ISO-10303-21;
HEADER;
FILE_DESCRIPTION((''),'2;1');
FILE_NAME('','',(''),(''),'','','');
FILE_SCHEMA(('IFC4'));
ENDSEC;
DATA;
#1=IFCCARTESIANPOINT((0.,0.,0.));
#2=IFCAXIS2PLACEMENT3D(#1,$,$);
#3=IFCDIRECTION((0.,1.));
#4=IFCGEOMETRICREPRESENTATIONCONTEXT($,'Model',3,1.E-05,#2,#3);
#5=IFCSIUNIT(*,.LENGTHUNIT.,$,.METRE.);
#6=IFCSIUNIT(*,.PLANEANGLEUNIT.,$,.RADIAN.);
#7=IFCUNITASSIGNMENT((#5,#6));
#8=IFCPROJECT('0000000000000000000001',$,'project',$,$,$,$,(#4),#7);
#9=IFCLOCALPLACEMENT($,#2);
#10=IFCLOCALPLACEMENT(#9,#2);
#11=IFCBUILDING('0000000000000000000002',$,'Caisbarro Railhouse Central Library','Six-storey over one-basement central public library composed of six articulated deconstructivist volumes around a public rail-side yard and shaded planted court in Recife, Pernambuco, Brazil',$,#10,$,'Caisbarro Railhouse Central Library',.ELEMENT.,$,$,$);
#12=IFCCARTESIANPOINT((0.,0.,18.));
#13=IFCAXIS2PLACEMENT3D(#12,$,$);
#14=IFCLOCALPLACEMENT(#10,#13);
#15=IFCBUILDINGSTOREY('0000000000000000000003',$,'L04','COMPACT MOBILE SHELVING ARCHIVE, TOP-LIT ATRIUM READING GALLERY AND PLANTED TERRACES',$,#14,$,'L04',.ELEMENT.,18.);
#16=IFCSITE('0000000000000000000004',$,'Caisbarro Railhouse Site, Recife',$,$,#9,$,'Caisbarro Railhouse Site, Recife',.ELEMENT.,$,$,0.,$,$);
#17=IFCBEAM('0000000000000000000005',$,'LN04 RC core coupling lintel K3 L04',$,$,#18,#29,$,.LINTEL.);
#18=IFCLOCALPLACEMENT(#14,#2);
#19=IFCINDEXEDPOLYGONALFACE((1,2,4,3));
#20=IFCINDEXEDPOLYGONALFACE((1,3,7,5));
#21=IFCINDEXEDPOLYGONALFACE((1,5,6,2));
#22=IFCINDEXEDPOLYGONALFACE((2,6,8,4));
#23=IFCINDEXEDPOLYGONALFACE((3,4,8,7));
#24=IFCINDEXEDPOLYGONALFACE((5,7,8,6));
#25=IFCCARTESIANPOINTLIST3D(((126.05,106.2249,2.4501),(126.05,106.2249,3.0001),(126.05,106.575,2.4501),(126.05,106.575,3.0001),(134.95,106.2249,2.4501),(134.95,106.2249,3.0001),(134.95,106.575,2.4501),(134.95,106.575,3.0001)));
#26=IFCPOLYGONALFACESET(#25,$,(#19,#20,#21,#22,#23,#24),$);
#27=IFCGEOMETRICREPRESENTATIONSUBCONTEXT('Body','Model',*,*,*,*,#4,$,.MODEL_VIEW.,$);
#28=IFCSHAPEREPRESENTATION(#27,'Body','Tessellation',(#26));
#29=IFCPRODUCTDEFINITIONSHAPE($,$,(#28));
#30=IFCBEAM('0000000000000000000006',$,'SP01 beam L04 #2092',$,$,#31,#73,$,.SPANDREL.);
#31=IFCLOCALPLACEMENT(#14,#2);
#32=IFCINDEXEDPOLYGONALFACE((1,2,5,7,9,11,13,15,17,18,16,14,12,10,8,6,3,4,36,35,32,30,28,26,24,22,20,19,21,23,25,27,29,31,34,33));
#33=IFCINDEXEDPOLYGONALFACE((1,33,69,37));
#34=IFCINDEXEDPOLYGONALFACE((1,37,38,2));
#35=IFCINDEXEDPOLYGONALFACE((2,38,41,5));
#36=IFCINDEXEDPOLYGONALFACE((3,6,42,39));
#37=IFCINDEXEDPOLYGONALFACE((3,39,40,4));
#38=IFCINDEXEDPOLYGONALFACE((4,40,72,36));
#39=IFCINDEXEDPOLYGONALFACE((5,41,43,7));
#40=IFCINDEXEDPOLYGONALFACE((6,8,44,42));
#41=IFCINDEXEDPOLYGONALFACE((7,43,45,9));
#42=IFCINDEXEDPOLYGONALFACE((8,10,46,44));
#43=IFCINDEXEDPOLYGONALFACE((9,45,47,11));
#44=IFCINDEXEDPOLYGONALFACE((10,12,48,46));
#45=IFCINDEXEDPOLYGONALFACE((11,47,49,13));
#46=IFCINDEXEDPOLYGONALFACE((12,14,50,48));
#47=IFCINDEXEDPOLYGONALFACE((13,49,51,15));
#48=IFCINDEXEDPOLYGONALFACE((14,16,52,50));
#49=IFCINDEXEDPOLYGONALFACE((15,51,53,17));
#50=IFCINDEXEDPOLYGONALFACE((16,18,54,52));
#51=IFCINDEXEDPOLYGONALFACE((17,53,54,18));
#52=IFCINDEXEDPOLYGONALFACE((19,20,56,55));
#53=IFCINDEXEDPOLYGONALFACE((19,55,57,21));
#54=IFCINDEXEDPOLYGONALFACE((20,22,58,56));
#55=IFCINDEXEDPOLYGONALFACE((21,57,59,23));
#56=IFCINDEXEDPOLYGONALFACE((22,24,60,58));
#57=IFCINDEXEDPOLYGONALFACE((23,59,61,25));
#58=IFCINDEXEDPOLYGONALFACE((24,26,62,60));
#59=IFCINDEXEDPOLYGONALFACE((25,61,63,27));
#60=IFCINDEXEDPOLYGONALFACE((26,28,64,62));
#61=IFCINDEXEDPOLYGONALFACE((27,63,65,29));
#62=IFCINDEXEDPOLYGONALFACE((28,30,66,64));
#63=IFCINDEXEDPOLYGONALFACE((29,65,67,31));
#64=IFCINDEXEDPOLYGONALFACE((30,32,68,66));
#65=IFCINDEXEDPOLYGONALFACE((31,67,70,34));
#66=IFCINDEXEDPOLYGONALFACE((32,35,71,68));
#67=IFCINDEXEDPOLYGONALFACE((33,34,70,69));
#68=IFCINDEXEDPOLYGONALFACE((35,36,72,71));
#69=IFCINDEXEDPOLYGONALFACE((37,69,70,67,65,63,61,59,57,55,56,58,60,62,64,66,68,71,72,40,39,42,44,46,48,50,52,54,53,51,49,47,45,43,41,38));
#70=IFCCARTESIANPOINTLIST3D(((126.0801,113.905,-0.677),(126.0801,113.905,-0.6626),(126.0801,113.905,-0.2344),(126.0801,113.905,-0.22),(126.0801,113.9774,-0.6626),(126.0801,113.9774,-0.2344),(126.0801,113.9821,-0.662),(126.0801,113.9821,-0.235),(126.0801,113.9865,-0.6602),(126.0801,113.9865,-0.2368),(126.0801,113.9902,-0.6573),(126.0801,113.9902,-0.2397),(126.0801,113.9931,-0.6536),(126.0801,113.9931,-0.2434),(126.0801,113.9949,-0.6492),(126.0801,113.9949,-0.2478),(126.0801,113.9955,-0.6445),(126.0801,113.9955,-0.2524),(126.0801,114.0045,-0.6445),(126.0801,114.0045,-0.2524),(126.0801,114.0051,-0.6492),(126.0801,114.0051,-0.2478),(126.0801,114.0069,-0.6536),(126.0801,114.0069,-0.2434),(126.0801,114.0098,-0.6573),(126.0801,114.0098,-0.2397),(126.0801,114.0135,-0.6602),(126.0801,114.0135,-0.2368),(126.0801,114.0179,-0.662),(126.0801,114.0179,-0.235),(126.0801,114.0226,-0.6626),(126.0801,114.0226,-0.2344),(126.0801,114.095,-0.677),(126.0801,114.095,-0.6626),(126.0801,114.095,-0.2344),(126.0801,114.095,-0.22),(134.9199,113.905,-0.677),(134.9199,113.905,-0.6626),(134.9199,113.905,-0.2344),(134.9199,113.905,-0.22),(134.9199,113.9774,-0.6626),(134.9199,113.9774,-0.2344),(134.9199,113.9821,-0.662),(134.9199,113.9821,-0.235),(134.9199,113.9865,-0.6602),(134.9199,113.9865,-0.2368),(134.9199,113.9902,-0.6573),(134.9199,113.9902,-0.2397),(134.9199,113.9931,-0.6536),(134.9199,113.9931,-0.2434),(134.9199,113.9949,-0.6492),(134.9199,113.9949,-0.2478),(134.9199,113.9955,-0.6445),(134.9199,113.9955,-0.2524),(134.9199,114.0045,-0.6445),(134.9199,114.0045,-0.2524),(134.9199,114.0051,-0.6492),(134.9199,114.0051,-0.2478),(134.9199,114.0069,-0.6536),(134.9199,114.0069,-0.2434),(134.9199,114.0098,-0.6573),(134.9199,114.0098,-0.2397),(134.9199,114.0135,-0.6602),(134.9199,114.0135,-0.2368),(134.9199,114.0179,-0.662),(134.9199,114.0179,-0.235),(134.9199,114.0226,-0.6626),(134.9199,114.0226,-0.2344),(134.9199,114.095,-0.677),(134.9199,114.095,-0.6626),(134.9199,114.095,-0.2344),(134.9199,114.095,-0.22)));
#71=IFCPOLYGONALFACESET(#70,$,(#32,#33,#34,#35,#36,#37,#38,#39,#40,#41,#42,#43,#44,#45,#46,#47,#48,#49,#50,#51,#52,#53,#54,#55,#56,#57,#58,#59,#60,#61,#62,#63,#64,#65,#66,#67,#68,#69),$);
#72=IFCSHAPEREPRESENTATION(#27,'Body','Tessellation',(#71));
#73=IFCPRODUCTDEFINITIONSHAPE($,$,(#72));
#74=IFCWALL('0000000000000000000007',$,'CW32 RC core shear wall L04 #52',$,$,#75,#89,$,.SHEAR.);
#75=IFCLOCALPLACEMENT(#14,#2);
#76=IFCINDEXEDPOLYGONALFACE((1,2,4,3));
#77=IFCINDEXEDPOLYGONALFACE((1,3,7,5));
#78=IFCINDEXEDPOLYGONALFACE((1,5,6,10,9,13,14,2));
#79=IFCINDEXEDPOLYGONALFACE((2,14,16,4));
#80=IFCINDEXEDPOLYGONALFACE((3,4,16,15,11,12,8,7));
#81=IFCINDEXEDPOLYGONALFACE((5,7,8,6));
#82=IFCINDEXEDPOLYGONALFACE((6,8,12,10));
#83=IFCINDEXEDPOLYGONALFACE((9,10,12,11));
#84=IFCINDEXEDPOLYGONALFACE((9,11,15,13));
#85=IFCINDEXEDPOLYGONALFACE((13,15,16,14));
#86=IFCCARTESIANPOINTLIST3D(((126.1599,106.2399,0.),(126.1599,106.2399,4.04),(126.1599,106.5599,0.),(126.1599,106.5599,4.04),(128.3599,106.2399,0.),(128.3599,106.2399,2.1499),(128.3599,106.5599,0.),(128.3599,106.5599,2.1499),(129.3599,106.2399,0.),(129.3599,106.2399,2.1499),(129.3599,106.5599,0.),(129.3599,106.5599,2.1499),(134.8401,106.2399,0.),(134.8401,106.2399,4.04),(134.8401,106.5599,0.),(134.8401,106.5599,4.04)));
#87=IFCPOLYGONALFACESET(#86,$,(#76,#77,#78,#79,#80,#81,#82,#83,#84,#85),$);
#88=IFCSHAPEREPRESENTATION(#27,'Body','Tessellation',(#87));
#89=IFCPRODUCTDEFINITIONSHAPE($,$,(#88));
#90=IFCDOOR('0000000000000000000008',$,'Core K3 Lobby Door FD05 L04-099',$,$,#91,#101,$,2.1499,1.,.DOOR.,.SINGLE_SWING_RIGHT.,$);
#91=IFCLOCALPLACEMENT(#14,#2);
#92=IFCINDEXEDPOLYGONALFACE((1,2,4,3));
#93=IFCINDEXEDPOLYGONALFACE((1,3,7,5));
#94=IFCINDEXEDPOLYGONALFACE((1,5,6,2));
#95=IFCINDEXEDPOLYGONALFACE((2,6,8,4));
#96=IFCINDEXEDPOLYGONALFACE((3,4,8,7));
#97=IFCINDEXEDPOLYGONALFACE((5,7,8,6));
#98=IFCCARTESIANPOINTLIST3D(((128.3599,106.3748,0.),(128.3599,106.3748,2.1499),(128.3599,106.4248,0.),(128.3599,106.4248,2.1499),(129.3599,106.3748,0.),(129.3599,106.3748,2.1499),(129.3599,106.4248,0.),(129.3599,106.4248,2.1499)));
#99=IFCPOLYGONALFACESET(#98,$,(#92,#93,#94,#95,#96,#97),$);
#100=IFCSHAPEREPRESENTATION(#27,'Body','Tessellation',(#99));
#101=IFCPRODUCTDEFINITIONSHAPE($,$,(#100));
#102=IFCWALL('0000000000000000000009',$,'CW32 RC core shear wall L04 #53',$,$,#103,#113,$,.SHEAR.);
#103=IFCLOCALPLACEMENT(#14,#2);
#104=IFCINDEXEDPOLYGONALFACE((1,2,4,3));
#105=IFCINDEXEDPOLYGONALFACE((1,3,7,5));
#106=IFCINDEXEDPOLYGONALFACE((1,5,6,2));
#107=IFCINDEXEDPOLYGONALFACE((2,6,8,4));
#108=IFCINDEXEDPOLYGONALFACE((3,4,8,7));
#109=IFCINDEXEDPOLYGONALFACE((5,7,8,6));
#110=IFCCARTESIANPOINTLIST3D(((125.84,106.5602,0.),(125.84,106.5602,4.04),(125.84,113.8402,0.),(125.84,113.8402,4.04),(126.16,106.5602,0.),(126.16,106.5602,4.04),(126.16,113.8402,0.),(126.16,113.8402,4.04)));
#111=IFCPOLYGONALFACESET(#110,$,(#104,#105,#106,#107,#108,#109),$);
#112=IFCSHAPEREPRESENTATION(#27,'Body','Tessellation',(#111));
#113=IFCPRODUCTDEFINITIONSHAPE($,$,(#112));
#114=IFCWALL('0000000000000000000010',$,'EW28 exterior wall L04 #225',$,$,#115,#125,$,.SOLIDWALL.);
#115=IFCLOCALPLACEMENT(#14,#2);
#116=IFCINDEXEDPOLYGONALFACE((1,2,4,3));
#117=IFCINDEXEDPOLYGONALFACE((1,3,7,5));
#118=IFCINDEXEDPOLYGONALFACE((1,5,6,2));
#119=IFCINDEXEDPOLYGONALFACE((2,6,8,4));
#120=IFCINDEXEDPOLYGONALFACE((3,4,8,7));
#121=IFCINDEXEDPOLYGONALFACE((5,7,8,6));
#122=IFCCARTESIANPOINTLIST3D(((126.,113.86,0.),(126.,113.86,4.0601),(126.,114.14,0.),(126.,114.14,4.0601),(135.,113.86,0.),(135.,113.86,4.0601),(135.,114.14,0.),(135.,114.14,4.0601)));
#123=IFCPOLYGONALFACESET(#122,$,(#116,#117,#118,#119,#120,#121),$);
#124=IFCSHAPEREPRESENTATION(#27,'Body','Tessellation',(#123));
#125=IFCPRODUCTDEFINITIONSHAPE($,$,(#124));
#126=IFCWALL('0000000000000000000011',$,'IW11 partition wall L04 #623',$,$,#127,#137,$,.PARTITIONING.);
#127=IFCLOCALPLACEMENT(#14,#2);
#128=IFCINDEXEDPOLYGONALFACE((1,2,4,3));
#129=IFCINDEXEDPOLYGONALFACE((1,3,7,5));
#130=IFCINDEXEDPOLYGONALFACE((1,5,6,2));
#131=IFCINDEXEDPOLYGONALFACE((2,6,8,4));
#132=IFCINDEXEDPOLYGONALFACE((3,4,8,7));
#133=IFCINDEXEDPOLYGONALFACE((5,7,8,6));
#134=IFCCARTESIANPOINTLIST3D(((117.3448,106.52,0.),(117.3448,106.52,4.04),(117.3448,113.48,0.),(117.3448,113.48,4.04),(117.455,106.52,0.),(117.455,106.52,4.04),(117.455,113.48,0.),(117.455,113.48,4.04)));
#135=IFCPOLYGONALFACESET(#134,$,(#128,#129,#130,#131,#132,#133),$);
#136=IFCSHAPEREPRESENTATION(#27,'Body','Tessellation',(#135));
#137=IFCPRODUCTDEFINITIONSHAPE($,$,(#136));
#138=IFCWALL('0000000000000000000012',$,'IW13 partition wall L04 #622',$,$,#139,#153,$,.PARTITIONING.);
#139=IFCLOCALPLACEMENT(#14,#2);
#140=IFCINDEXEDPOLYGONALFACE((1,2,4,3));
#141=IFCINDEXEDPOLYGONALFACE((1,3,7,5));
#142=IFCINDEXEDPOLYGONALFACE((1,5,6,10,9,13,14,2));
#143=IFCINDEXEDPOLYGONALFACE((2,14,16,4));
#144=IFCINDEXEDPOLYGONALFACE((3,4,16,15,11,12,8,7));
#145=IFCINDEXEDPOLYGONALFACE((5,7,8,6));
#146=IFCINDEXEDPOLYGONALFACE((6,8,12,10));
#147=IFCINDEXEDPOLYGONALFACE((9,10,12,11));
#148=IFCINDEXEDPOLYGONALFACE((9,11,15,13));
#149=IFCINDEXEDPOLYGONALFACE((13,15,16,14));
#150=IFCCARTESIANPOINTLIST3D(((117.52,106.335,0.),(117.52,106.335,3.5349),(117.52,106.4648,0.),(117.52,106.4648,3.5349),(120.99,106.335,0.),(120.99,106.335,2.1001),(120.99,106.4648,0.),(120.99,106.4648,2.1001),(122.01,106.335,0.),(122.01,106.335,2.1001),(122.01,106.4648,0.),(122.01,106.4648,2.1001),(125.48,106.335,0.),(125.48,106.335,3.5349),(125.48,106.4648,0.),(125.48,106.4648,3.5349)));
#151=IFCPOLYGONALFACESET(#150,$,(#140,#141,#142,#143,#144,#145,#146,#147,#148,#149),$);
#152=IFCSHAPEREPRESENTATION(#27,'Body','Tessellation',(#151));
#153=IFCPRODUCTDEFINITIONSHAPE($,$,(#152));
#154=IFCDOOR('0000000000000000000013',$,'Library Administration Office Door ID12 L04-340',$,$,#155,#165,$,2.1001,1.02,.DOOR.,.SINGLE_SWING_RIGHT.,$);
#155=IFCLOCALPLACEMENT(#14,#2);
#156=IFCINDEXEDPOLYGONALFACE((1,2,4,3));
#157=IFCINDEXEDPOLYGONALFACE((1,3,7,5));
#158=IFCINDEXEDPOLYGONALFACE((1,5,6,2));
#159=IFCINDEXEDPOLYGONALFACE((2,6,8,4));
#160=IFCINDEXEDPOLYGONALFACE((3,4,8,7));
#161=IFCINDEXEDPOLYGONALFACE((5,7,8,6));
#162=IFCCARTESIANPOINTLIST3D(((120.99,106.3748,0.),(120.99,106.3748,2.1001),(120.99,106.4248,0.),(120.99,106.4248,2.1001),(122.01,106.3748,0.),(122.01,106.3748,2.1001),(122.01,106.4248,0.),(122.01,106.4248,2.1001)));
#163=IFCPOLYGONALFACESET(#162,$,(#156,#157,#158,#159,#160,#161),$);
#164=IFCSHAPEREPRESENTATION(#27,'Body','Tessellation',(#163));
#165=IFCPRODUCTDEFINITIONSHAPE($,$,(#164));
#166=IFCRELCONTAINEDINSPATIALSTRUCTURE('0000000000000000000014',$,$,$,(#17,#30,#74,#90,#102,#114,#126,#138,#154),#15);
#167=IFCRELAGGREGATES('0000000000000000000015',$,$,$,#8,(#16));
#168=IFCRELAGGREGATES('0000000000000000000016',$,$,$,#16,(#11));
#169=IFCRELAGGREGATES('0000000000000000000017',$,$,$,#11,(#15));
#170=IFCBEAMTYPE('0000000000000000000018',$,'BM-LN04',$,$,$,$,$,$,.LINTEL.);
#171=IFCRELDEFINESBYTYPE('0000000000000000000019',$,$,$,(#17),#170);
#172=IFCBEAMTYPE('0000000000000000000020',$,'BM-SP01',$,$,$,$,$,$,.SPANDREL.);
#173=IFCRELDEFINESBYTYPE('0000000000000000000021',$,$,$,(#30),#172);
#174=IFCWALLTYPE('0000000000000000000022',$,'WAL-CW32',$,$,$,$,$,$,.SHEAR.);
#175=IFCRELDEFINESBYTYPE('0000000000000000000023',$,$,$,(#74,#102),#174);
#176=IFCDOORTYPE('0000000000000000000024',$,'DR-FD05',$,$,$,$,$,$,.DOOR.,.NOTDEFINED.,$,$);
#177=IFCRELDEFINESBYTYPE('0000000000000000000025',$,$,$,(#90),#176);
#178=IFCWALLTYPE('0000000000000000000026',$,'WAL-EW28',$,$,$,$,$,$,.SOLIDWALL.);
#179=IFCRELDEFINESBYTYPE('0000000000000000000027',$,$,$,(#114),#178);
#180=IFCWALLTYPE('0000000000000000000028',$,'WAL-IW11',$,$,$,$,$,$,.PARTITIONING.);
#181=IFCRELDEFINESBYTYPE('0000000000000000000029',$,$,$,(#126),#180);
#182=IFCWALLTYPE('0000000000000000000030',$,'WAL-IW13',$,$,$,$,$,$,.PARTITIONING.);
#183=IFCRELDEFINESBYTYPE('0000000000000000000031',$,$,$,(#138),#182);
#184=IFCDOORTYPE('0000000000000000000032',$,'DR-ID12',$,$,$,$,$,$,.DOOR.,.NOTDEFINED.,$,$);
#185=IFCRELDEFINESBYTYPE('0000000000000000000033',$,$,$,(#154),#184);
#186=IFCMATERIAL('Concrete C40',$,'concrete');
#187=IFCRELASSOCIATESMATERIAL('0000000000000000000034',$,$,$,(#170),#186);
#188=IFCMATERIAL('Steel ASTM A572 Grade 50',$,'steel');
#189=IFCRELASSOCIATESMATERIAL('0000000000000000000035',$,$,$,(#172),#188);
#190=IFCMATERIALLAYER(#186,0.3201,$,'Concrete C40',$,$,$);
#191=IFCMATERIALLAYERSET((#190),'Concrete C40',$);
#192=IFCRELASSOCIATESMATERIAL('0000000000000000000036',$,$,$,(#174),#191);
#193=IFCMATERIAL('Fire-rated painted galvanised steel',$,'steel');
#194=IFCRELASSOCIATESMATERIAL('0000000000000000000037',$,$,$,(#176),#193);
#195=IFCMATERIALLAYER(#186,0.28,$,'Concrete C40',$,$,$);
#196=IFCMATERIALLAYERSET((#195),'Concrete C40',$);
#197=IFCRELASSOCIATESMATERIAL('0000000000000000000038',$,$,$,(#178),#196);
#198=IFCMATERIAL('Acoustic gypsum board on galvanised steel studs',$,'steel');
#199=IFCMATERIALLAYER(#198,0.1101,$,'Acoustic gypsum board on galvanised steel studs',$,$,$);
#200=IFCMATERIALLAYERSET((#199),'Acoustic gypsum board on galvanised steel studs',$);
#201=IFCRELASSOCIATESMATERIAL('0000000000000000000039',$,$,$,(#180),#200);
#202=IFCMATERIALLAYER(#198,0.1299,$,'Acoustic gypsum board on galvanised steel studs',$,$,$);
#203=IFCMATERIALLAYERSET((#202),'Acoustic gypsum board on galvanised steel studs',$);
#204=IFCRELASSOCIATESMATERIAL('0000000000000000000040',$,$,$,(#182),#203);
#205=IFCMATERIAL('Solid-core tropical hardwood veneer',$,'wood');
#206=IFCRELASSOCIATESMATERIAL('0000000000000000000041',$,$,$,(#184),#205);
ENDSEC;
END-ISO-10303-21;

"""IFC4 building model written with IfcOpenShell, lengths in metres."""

from ifc_helpers import new_model, si_unit, direction, frame, frame_2d, origin, origin_2d, place, context, subcontext, project, spatial, rectangle, i_section, extrude, material, layer, layer_set, material_profile, profile_set, type_object, element, fill, save


model = new_model("IFC4")

# Units and contexts
model_context = context("Model", 3, precision=1e-05, world=origin(), true_north=direction((0.0, 1.0)))
body_context = subcontext(model_context, "Body", "Model", "MODEL_VIEW")
ifc_project = project(units=[si_unit("LENGTHUNIT", "METRE"), si_unit("PLANEANGLEUNIT", "RADIAN")], contexts=[model_context])

# Site, building, storey
site_placement = place(None, origin())
site = spatial("IfcSite", under=ifc_project, at=site_placement, Name="Caisbarro Railhouse Site, Recife", LongName="Caisbarro Railhouse Site, Recife", CompositionType="ELEMENT", RefElevation=0.0)
building_placement = place(site_placement, origin())
building = spatial("IfcBuilding", under=site, at=building_placement, Name="Caisbarro Railhouse Central Library", Description="Six-storey over one-basement central public library composed of six articulated deconstructivist volumes around a public rail-side yard and shaded planted court in Recife, Pernambuco, Brazil", LongName="Caisbarro Railhouse Central Library", CompositionType="ELEMENT")
storey_placement = place(building_placement, frame((0.0, 0.0, 18.0)))
storey = spatial("IfcBuildingStorey", under=building, at=storey_placement, Name="L04", Description="COMPACT MOBILE SHELVING ARCHIVE, TOP-LIT ATRIUM READING GALLERY AND PLANTED TERRACES", LongName="L04", CompositionType="ELEMENT", Elevation=18.0)

# Shared definitions
ifc_material_1 = material(Name="Steel ASTM A572 Grade 50", Category="steel")

# Beams
ifc_material_2 = material(Name="Concrete C40", Category="concrete")
ifc_material_profile_1 = material_profile(ifc_material_2, rectangle(XDim=0.3501, YDim=0.55, at=origin_2d()), Name="RC-LIN-350X550")
ifc_profile_set_1 = profile_set([ifc_material_profile_1], Name="Concrete C40")
beam_type_1 = type_object("IfcBeamType", Name="BM-LN04", PredefinedType="LINTEL", material=ifc_profile_set_1)
beam_1_placement = place(storey_placement, frame((126.05, 106.3999, 2.7251), z_axis=(1.0, 0.0, 0.0), x_axis=(0.0, 1.0, 0.0)))
element("IfcBeam", 1, at=beam_1_placement, inside=storey, type_object=beam_type_1, Name="LN04 RC core coupling lintel K3 L04", PredefinedType="LINTEL", context=body_context, shape_type="SweptSolid", body=[
    extrude(rectangle(XDim=0.3501, YDim=0.55, at=origin_2d()), origin(), (0.0, 0.0, 1.0), 8.8999),
])
ifc_material_profile_2 = material_profile(ifc_material_1, i_section(OverallWidth=0.1899, OverallDepth=0.457, WebThickness=0.009, FlangeThickness=0.0144, FilletRadius=0.0181, at=origin_2d()), Name="W460X74.0")
ifc_profile_set_2 = profile_set([ifc_material_profile_2], Name="Steel ASTM A572 Grade 50")
beam_type_2 = type_object("IfcBeamType", Name="BM-SP01", PredefinedType="SPANDREL", material=ifc_profile_set_2)
beam_2_placement = place(storey_placement, frame((126.0801, 114.0, -0.4485), z_axis=(1.0, 0.0, 0.0), x_axis=(0.0, 1.0, 0.0)))
element("IfcBeam", 2, at=beam_2_placement, inside=storey, type_object=beam_type_2, Name="SP01 beam L04 #2092", PredefinedType="SPANDREL", context=body_context, shape_type="SweptSolid", body=[
    extrude(i_section(OverallWidth=0.1899, OverallDepth=0.457, WebThickness=0.009, FlangeThickness=0.0144, FilletRadius=0.0181, at=origin_2d()), origin(), (0.0, 0.0, 1.0), 8.8398),
])

# Wall, opening, door
ifc_layer_1 = layer(ifc_material_2, 0.3201, Name="Concrete C40")
ifc_layer_set_1 = layer_set([ifc_layer_1], Name="Concrete C40")
wall_type_1 = type_object("IfcWallType", Name="WAL-CW32", PredefinedType="SHEAR", material=ifc_layer_set_1)
wall_1_placement = place(storey_placement, frame((126.1599, 106.3999, 0.0), z_axis=(0.0, 0.0, 1.0), x_axis=(1.0, 0.0, 0.0)))
wall_1 = element("IfcWall", 3, at=wall_1_placement, inside=storey, type_object=wall_type_1, Name="CW32 RC core shear wall L04 #52", PredefinedType="SHEAR", context=body_context, shape_type="SweptSolid", body=[
    extrude(rectangle(XDim=8.6802, YDim=0.3201, at=frame_2d((4.3401, 0.0))), origin(), (0.0, 0.0, 1.0), 4.04),
])
opening_1_placement = place(wall_1_placement, frame((2.2, 0.0, 0.0)))
opening_1 = element("IfcOpeningElement", 4, at=opening_1_placement, cuts=wall_1, PredefinedType="OPENING", context=body_context, shape_type="SweptSolid", body=[
    extrude(rectangle(XDim=1.0, YDim=2.1499, at=frame_2d((0.5, 1.075))), frame((0.0, 0.1699, 0.0), z_axis=(0.0, -1.0, 0.0), x_axis=(1.0, 0.0, 0.0)), (0.0, 0.0, 1.0), 0.3401),
])
ifc_material_3 = material(Name="Fire-rated painted galvanised steel", Category="steel")
door_type_1 = type_object("IfcDoorType", Name="DR-FD05", OperationType="NOTDEFINED", PredefinedType="DOOR", material=ifc_material_3)
door_1_placement = place(opening_1_placement, origin())
door_1 = element("IfcDoor", 5, at=door_1_placement, inside=storey, type_object=door_type_1, Name="Core K3 Lobby Door FD05 L04-099", OperationType="SINGLE_SWING_RIGHT", OverallHeight=2.1499, OverallWidth=1.0, PredefinedType="DOOR", context=body_context, shape_type="SweptSolid", body=[
    extrude(rectangle(XDim=1.0, YDim=2.1499, at=frame_2d((0.5, 1.075))), frame((0.0, 0.0249, 0.0), z_axis=(0.0, -1.0, 0.0), x_axis=(1.0, 0.0, 0.0)), (0.0, 0.0, 1.0), 0.05),
])
fill(opening_1, door_1)

# Walls
wall_2_placement = place(storey_placement, frame((126.0, 106.5601, 0.0), z_axis=(0.0, 0.0, 1.0), x_axis=(0.0, 1.0, 0.0)))
element("IfcWall", 6, at=wall_2_placement, inside=storey, type_object=wall_type_1, Name="CW32 RC core shear wall L04 #53", PredefinedType="SHEAR", context=body_context, shape_type="SweptSolid", body=[
    extrude(rectangle(XDim=7.28, YDim=0.3201, at=frame_2d((3.6401, 0.0))), origin(), (0.0, 0.0, 1.0), 4.04),
])
ifc_layer_2 = layer(ifc_material_2, 0.28, Name="Concrete C40")
ifc_layer_set_2 = layer_set([ifc_layer_2], Name="Concrete C40")
wall_type_2 = type_object("IfcWallType", Name="WAL-EW28", PredefinedType="SOLIDWALL", material=ifc_layer_set_2)
wall_3_placement = place(storey_placement, frame((126.0, 114.0, 0.0), z_axis=(0.0, 0.0, 1.0), x_axis=(1.0, 0.0, 0.0)))
element("IfcWall", 7, at=wall_3_placement, inside=storey, type_object=wall_type_2, Name="EW28 exterior wall L04 #225", PredefinedType="SOLIDWALL", context=body_context, shape_type="SweptSolid", body=[
    extrude(rectangle(XDim=9.0, YDim=0.28, at=frame_2d((4.5, 0.0))), origin(), (0.0, 0.0, 1.0), 4.0601),
])
ifc_material_4 = material(Name="Acoustic gypsum board on galvanised steel studs", Category="steel")
ifc_layer_3 = layer(ifc_material_4, 0.1101, Name="Acoustic gypsum board on galvanised steel studs")
ifc_layer_set_3 = layer_set([ifc_layer_3], Name="Acoustic gypsum board on galvanised steel studs")
wall_type_3 = type_object("IfcWallType", Name="WAL-IW11", PredefinedType="PARTITIONING", material=ifc_layer_set_3)
wall_4_placement = place(storey_placement, frame((117.3999, 106.52, 0.0), z_axis=(0.0, 0.0, 1.0), x_axis=(0.0, 1.0, 0.0)))
element("IfcWall", 8, at=wall_4_placement, inside=storey, type_object=wall_type_3, Name="IW11 partition wall L04 #623", PredefinedType="PARTITIONING", context=body_context, shape_type="SweptSolid", body=[
    extrude(rectangle(XDim=6.96, YDim=0.1101, at=frame_2d((3.48, 0.0))), origin(), (0.0, 0.0, 1.0), 4.04),
])

# Wall, opening, door
ifc_layer_4 = layer(ifc_material_4, 0.1299, Name="Acoustic gypsum board on galvanised steel studs")
ifc_layer_set_4 = layer_set([ifc_layer_4], Name="Acoustic gypsum board on galvanised steel studs")
wall_type_4 = type_object("IfcWallType", Name="WAL-IW13", PredefinedType="PARTITIONING", material=ifc_layer_set_4)
wall_5_placement = place(storey_placement, frame((117.52, 106.3999, 0.0), z_axis=(0.0, 0.0, 1.0), x_axis=(1.0, 0.0, 0.0)))
wall_5 = element("IfcWall", 9, at=wall_5_placement, inside=storey, type_object=wall_type_4, Name="IW13 partition wall L04 #622", PredefinedType="PARTITIONING", context=body_context, shape_type="SweptSolid", body=[
    extrude(rectangle(XDim=7.96, YDim=0.1299, at=frame_2d((3.98, 0.0))), origin(), (0.0, 0.0, 1.0), 3.5349),
])
opening_2_placement = place(wall_5_placement, frame((3.47, 0.0, 0.0)))
opening_2 = element("IfcOpeningElement", 10, at=opening_2_placement, cuts=wall_5, PredefinedType="OPENING", context=body_context, shape_type="SweptSolid", body=[
    extrude(rectangle(XDim=1.02, YDim=2.1001, at=frame_2d((0.51, 1.05))), frame((0.0, 0.075, 0.0), z_axis=(0.0, -1.0, 0.0), x_axis=(1.0, 0.0, 0.0)), (0.0, 0.0, 1.0), 0.1499),
])
ifc_material_5 = material(Name="Solid-core tropical hardwood veneer", Category="wood")
door_type_2 = type_object("IfcDoorType", Name="DR-ID12", OperationType="NOTDEFINED", PredefinedType="DOOR", material=ifc_material_5)
door_2_placement = place(opening_2_placement, origin())
door_2 = element("IfcDoor", 11, at=door_2_placement, inside=storey, type_object=door_type_2, Name="Library Administration Office Door ID12 L04-340", OperationType="SINGLE_SWING_RIGHT", OverallHeight=2.1001, OverallWidth=1.02, PredefinedType="DOOR", context=body_context, shape_type="SweptSolid", body=[
    extrude(rectangle(XDim=1.02, YDim=2.1001, at=frame_2d((0.51, 1.05))), frame((0.0, 0.0249, 0.0), z_axis=(0.0, -1.0, 0.0), x_axis=(1.0, 0.0, 0.0)), (0.0, 0.0, 1.0), 0.05),
])
fill(opening_2, door_2)

save(model, "model.ifc")
